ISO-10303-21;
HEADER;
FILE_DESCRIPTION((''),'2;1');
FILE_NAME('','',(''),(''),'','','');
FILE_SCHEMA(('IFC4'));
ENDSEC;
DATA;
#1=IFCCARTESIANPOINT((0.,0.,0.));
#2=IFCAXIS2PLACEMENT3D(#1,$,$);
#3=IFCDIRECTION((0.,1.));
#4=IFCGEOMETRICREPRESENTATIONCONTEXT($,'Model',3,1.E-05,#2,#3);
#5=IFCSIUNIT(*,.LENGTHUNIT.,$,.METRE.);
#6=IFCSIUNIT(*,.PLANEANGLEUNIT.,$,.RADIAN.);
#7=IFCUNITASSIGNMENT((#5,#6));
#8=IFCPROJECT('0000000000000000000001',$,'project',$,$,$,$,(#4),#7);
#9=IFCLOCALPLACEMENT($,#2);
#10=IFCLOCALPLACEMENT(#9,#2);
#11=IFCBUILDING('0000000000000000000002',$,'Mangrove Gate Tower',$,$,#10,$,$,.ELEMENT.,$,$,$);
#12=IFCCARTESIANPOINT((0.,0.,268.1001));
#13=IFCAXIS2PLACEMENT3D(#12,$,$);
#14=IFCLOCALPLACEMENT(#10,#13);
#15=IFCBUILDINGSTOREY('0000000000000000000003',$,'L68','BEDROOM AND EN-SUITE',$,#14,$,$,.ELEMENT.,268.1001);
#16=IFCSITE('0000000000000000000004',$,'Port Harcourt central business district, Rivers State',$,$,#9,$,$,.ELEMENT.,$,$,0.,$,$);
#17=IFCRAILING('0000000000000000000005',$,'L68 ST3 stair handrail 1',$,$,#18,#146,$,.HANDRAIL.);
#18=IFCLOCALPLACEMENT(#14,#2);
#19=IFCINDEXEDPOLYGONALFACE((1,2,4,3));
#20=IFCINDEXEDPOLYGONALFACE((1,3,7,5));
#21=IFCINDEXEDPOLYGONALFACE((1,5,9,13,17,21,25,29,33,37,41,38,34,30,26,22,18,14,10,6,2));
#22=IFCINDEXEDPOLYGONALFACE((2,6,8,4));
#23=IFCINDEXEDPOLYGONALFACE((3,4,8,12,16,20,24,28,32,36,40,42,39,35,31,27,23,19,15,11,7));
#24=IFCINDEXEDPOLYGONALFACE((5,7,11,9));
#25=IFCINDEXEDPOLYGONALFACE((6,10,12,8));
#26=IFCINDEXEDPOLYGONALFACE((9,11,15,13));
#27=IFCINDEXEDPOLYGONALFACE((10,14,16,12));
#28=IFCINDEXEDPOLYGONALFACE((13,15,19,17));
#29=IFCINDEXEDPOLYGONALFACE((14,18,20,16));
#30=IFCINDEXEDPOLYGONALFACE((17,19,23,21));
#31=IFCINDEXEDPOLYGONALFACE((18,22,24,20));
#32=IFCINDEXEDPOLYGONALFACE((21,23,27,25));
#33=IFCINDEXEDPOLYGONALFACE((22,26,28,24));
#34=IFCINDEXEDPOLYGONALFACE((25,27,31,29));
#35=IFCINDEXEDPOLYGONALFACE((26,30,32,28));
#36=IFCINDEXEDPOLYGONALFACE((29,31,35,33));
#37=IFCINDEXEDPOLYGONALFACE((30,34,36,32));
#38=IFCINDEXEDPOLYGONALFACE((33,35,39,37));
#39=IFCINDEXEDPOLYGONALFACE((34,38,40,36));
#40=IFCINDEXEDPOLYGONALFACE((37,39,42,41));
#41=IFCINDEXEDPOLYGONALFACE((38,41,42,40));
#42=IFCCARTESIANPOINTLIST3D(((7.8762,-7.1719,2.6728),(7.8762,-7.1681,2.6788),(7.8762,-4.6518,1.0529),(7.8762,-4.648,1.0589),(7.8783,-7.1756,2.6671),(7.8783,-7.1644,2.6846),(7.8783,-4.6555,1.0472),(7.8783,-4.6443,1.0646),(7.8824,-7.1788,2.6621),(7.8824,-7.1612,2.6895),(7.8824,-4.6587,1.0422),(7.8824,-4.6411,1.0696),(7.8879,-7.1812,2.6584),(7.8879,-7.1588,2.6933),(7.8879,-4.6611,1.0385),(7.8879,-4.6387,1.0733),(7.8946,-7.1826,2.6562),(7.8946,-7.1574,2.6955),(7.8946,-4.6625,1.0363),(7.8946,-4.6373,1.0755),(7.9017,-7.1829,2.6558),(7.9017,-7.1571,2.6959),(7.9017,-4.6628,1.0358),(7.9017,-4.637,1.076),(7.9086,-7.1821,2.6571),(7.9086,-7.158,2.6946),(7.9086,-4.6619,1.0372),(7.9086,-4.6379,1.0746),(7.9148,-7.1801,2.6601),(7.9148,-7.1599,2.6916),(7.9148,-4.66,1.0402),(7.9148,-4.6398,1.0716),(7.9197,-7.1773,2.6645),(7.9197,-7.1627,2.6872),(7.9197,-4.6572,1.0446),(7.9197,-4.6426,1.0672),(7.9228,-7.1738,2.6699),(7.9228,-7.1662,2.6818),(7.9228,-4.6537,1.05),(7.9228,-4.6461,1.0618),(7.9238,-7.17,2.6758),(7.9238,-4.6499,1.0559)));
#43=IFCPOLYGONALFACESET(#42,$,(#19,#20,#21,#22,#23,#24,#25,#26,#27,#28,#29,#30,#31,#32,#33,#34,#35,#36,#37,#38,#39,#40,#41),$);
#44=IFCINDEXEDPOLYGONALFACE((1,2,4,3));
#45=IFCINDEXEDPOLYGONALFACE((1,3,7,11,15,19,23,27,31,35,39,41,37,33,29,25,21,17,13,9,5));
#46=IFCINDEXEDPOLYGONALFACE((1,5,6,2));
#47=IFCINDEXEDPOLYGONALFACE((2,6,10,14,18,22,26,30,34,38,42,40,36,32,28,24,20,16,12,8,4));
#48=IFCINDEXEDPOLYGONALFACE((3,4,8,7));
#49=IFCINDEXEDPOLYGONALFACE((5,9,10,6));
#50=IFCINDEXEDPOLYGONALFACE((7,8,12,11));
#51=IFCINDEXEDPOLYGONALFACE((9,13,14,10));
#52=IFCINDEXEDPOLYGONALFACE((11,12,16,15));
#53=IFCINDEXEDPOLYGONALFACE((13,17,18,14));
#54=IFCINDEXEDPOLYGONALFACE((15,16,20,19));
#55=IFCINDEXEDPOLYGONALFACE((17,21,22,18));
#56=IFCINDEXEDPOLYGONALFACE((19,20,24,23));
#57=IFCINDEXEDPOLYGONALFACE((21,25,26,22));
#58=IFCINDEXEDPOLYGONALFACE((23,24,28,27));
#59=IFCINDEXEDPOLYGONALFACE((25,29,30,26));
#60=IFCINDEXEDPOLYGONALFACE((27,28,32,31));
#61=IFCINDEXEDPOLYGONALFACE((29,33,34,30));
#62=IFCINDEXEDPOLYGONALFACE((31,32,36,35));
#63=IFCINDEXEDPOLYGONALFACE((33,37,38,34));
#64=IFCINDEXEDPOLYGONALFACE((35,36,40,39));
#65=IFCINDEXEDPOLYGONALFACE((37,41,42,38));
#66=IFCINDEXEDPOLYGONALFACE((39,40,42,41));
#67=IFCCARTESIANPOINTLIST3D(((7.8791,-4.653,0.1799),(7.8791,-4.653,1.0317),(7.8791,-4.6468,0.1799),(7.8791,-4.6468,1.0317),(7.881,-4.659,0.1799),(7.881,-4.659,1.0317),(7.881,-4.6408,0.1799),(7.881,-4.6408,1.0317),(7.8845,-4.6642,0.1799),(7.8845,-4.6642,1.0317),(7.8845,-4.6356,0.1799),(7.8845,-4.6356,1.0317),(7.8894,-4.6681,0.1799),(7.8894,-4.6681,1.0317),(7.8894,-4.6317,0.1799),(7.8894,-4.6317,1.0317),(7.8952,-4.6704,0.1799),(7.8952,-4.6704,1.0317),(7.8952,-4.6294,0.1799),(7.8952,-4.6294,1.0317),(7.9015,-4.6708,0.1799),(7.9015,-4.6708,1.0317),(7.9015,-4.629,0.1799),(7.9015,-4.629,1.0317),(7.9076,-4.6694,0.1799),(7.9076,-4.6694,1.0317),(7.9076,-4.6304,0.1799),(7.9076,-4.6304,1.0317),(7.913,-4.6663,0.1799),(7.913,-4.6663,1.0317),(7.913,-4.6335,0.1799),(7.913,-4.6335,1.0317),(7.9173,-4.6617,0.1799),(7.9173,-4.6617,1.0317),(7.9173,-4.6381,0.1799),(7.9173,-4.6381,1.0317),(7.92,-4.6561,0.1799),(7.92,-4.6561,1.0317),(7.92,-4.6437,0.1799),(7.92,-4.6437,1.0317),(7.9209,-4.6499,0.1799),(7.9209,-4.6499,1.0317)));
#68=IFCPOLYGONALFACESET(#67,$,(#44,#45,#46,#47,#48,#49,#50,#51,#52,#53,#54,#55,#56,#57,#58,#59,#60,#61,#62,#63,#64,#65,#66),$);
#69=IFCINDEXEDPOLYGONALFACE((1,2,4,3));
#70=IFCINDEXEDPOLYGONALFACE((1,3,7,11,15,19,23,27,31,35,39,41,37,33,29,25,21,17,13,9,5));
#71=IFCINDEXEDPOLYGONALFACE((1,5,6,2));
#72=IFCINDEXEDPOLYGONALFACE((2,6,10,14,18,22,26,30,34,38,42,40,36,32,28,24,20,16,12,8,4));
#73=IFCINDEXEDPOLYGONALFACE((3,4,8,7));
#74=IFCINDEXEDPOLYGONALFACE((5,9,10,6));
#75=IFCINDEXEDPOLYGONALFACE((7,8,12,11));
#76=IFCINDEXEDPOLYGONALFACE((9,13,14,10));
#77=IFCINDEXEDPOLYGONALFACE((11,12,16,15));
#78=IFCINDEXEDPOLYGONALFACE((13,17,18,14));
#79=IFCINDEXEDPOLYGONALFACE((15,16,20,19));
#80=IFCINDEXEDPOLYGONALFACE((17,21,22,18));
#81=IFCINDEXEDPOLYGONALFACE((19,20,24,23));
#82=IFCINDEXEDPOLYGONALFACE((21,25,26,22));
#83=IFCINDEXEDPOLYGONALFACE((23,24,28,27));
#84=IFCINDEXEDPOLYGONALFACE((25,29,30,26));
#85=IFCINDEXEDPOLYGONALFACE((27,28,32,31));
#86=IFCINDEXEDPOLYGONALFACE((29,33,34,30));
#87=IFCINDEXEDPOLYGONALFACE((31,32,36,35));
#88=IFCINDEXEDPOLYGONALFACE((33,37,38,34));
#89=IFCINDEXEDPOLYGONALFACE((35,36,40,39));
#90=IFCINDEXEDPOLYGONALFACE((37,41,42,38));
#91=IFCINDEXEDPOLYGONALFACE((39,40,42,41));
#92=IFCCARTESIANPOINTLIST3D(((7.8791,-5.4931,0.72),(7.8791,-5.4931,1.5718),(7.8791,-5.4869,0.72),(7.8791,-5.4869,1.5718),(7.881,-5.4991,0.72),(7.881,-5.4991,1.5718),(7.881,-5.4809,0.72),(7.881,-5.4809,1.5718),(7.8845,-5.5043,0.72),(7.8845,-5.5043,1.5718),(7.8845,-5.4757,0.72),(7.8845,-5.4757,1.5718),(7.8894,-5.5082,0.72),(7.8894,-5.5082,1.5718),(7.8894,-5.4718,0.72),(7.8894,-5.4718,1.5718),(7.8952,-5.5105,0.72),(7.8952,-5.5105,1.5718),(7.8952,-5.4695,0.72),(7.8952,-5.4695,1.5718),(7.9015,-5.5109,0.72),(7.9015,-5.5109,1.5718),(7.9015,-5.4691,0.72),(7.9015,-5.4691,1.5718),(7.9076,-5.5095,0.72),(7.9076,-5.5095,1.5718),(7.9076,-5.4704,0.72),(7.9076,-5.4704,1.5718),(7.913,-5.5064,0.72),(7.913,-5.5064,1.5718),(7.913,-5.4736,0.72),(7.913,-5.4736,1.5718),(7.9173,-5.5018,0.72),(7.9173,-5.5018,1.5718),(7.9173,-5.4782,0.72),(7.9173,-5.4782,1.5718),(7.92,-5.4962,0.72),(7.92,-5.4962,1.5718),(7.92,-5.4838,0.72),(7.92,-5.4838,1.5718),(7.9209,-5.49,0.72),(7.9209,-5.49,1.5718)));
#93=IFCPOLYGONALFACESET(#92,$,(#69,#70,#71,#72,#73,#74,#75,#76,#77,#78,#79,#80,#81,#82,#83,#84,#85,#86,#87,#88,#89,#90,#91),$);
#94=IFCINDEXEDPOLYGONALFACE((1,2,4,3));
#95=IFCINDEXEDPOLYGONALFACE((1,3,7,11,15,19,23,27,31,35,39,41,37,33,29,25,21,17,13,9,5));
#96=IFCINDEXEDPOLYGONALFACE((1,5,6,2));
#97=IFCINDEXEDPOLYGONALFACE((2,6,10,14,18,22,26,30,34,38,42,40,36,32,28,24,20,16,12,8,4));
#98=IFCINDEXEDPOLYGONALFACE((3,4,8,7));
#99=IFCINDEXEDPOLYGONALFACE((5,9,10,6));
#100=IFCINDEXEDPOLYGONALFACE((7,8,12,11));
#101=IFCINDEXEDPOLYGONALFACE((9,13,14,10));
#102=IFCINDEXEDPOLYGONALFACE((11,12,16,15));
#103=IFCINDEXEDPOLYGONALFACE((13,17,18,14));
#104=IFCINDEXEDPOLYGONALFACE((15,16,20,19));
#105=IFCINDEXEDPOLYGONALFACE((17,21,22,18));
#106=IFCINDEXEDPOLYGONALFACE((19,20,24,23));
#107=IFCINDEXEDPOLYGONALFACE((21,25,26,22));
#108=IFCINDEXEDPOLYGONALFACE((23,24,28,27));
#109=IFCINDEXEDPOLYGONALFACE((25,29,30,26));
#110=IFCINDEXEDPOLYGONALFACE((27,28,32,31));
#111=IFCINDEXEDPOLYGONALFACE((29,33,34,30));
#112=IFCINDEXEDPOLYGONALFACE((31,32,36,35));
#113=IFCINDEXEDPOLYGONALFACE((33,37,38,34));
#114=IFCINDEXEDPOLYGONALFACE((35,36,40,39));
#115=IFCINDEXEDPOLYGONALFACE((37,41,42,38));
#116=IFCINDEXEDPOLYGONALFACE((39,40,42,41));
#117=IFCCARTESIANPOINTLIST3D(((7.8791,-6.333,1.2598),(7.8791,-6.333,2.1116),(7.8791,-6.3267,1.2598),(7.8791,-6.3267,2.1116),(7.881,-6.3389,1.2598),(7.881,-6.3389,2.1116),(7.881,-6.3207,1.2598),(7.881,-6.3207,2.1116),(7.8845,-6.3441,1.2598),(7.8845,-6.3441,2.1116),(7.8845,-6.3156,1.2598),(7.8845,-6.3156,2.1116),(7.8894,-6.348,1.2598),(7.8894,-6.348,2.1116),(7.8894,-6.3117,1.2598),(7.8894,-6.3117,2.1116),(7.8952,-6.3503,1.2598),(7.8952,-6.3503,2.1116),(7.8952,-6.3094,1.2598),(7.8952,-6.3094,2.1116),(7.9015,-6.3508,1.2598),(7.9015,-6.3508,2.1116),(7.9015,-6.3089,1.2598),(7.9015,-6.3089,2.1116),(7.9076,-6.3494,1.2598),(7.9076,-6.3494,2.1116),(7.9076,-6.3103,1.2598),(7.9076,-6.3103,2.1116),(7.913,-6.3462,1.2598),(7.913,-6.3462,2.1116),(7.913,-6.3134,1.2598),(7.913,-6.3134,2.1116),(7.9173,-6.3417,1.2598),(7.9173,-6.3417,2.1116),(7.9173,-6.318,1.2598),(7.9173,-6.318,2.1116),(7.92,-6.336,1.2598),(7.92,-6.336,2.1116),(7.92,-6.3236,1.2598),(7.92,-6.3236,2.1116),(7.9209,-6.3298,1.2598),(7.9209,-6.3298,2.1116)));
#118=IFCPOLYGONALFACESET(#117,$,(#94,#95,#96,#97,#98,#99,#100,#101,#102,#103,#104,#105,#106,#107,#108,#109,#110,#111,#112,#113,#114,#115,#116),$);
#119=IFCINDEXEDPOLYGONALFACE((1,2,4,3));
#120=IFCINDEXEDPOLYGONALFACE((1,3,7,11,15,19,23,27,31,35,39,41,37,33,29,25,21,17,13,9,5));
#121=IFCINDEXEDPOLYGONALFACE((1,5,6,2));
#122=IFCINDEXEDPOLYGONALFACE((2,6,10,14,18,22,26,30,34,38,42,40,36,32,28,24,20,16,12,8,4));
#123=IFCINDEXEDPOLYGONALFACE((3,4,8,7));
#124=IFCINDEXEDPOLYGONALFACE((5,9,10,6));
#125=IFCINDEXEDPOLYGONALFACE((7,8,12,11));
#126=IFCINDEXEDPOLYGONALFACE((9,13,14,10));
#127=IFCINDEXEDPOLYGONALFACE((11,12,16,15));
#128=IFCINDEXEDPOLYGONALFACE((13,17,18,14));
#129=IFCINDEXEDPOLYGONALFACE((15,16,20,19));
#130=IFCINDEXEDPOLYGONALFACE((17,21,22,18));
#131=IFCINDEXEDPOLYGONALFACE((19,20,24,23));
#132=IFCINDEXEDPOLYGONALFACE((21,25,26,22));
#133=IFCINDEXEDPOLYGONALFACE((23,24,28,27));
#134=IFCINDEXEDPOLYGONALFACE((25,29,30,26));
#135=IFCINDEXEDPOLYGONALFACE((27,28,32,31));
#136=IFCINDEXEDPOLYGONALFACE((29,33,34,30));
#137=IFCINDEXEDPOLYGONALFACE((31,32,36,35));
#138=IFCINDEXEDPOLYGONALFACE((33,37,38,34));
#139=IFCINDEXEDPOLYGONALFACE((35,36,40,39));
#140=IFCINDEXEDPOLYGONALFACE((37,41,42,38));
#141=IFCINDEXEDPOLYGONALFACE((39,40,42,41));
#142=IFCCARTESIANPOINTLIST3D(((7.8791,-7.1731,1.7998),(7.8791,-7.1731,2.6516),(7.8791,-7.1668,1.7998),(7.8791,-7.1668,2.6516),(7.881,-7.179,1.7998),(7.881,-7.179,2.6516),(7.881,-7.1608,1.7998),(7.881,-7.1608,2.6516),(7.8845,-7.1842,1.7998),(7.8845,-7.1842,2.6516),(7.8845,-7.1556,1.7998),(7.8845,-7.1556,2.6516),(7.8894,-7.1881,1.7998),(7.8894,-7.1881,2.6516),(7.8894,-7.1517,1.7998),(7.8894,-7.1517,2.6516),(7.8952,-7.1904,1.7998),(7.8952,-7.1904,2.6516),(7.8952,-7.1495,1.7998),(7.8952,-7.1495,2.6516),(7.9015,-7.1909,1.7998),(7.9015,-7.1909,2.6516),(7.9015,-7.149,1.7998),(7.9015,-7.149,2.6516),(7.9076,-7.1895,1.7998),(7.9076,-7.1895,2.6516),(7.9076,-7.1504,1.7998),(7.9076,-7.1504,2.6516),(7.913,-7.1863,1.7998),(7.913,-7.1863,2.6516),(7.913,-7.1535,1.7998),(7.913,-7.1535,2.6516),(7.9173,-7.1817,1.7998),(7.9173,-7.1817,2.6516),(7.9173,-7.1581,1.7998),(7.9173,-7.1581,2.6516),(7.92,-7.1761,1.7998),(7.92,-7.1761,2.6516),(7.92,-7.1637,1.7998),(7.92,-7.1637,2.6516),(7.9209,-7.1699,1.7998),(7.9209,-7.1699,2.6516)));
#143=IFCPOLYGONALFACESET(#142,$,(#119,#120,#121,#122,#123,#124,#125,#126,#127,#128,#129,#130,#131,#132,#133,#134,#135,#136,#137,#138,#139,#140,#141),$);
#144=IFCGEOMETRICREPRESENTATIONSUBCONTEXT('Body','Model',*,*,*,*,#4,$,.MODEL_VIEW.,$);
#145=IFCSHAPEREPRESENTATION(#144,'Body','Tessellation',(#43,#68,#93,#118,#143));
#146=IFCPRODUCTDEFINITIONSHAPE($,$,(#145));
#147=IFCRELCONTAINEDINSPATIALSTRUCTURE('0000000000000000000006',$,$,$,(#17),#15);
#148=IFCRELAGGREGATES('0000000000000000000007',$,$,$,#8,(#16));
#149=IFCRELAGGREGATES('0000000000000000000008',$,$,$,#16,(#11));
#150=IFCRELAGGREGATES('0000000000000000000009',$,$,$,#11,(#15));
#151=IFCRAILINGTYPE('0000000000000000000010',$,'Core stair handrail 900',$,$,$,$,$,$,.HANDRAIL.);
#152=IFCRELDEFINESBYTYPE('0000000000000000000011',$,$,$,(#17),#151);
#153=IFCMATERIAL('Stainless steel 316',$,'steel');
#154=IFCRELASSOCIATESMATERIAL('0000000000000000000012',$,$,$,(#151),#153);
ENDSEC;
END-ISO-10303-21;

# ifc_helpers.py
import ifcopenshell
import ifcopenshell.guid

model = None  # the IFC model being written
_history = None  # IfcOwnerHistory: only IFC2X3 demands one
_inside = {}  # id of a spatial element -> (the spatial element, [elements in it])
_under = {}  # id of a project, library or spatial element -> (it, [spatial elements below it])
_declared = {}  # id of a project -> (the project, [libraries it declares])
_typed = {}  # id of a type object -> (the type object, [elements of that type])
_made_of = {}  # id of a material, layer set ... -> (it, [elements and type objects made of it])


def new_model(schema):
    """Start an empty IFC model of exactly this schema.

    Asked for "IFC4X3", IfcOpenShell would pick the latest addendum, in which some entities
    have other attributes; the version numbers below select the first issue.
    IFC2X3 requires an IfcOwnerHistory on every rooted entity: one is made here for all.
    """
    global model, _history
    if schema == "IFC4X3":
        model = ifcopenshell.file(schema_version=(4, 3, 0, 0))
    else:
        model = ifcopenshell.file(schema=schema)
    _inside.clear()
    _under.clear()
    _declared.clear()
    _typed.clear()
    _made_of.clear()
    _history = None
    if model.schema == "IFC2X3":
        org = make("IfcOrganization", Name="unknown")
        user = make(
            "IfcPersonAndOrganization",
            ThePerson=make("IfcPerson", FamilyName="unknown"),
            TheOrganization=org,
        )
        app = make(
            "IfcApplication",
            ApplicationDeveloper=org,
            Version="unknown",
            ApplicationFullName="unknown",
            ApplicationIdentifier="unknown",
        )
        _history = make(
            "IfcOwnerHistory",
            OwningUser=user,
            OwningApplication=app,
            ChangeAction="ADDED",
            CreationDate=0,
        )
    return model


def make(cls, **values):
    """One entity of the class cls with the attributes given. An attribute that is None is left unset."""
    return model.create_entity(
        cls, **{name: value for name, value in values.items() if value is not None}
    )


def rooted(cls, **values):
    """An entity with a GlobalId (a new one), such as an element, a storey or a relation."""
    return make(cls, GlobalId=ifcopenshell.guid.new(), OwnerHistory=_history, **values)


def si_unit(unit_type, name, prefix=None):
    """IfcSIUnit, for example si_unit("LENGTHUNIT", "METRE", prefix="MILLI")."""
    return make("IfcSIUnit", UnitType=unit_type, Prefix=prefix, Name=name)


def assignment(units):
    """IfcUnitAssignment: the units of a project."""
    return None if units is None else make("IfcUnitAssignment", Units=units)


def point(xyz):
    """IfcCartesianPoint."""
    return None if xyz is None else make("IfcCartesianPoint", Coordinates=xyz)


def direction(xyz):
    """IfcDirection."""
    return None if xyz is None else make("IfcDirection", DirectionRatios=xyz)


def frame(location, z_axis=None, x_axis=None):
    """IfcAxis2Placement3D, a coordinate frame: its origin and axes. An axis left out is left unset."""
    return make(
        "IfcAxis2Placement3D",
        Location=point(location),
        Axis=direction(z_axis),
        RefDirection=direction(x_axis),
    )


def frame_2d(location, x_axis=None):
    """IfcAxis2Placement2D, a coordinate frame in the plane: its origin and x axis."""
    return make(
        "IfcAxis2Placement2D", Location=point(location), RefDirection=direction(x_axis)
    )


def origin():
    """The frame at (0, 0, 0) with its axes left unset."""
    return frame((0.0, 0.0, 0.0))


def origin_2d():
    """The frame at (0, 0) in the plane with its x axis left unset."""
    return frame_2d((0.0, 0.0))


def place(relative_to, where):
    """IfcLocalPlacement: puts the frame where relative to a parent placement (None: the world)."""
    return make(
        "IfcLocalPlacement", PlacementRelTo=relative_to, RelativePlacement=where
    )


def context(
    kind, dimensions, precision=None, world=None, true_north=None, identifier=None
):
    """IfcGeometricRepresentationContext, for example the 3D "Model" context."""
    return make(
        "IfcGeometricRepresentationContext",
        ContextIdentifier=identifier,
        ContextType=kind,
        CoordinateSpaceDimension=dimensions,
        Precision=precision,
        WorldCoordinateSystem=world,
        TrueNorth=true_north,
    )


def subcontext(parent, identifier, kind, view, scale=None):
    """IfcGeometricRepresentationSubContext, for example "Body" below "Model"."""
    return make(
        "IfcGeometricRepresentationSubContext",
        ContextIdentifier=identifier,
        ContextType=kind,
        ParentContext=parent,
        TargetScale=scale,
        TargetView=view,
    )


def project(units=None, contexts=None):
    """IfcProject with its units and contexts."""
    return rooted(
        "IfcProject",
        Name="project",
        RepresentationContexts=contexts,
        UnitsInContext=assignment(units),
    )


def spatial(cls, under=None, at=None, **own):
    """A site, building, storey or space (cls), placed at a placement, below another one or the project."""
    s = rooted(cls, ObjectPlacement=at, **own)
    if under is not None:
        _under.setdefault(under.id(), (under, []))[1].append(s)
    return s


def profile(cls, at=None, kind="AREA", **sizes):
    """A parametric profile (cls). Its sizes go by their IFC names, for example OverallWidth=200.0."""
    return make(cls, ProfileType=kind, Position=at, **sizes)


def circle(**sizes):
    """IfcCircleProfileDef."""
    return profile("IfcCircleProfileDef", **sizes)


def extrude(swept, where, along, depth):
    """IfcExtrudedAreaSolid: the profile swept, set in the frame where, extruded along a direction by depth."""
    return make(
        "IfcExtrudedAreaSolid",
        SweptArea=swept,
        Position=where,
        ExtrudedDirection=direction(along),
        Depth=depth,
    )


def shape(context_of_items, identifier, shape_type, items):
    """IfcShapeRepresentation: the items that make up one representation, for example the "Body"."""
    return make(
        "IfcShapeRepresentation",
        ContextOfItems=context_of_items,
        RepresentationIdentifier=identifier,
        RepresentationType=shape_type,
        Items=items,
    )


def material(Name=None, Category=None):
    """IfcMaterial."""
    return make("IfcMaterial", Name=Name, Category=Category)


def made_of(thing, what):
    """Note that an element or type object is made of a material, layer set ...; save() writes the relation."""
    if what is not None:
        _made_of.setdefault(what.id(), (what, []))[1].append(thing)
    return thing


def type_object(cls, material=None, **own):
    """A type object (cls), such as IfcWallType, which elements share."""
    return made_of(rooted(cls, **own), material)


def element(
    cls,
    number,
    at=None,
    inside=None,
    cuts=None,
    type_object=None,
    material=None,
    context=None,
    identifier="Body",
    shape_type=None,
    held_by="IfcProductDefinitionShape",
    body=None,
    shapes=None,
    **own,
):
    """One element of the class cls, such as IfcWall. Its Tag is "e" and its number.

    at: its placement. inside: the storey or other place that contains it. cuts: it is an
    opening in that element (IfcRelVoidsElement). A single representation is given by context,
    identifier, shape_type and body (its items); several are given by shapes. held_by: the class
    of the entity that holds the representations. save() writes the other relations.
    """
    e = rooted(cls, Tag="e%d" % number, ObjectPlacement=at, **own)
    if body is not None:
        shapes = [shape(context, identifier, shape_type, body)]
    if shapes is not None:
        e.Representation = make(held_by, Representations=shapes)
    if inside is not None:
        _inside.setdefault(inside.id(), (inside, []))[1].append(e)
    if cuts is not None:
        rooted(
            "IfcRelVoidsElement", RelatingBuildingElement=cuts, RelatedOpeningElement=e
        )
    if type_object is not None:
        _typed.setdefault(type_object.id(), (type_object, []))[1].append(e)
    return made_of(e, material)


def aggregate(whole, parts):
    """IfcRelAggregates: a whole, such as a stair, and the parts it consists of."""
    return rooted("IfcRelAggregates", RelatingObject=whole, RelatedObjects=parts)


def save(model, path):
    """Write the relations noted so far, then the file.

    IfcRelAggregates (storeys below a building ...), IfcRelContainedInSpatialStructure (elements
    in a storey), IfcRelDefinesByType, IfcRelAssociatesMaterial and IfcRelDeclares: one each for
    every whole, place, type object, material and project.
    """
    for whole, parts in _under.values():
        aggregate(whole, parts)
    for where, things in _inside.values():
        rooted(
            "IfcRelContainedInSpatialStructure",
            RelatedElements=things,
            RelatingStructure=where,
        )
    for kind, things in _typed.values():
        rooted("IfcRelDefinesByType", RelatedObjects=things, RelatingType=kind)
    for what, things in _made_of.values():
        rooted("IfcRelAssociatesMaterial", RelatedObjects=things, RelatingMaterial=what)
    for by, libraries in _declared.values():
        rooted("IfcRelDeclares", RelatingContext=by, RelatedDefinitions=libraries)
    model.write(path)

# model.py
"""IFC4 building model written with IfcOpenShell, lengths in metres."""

from ifc_helpers import new_model, si_unit, direction, frame, origin, origin_2d, place, context, subcontext, project, spatial, circle, extrude, material, type_object, element, save


model = new_model("IFC4")

# Units and contexts
model_context = context("Model", 3, precision=1e-05, world=origin(), true_north=direction((0.0, 1.0)))
body_context = subcontext(model_context, "Body", "Model", "MODEL_VIEW")
ifc_project = project(units=[si_unit("LENGTHUNIT", "METRE"), si_unit("PLANEANGLEUNIT", "RADIAN")], contexts=[model_context])

# Site, building, storey
site_placement = place(None, origin())
site = spatial("IfcSite", under=ifc_project, at=site_placement, Name="Port Harcourt central business district, Rivers State", CompositionType="ELEMENT", RefElevation=0.0)
building_placement = place(site_placement, origin())
building = spatial("IfcBuilding", under=site, at=building_placement, Name="Mangrove Gate Tower", CompositionType="ELEMENT")
storey_placement = place(building_placement, frame((0.0, 0.0, 268.1001)))
storey = spatial("IfcBuildingStorey", under=building, at=storey_placement, Name="L68", Description="BEDROOM AND EN-SUITE", CompositionType="ELEMENT", Elevation=268.1001)

# Railing
ifc_material_1 = material(Name="Stainless steel 316", Category="steel")
railing_type_1 = type_object("IfcRailingType", Name="Core stair handrail 900", PredefinedType="HANDRAIL", material=ifc_material_1)
railing_1_placement = place(storey_placement, frame((7.8999, -4.6499, 0.1799)))
element("IfcRailing", 1, at=railing_1_placement, inside=storey, type_object=railing_type_1, Name="L68 ST3 stair handrail 1", PredefinedType="HANDRAIL", context=body_context, shape_type="SweptSolid", body=[
    extrude(circle(Radius=0.0239, at=origin_2d()), frame((0.0, 0.0, 0.876), z_axis=(0.0, -0.8412, 0.540725), x_axis=(1.0, 0.0, 0.0)), (0.0, 0.0, 1.0), 2.9958),
    extrude(circle(Radius=0.021, at=origin_2d()), origin(), (0.0, 0.0, 1.0), 0.8518),
    extrude(circle(Radius=0.021, at=origin_2d()), frame((0.0, -0.8401, 0.54)), (0.0, 0.0, 1.0), 0.8518),
    extrude(circle(Radius=0.021, at=origin_2d()), frame((0.0, -1.6799, 1.0798)), (0.0, 0.0, 1.0), 0.8518),
    extrude(circle(Radius=0.021, at=origin_2d()), frame((0.0, -2.52, 1.6199)), (0.0, 0.0, 1.0), 0.8518),
])

save(model, "model.ifc")
